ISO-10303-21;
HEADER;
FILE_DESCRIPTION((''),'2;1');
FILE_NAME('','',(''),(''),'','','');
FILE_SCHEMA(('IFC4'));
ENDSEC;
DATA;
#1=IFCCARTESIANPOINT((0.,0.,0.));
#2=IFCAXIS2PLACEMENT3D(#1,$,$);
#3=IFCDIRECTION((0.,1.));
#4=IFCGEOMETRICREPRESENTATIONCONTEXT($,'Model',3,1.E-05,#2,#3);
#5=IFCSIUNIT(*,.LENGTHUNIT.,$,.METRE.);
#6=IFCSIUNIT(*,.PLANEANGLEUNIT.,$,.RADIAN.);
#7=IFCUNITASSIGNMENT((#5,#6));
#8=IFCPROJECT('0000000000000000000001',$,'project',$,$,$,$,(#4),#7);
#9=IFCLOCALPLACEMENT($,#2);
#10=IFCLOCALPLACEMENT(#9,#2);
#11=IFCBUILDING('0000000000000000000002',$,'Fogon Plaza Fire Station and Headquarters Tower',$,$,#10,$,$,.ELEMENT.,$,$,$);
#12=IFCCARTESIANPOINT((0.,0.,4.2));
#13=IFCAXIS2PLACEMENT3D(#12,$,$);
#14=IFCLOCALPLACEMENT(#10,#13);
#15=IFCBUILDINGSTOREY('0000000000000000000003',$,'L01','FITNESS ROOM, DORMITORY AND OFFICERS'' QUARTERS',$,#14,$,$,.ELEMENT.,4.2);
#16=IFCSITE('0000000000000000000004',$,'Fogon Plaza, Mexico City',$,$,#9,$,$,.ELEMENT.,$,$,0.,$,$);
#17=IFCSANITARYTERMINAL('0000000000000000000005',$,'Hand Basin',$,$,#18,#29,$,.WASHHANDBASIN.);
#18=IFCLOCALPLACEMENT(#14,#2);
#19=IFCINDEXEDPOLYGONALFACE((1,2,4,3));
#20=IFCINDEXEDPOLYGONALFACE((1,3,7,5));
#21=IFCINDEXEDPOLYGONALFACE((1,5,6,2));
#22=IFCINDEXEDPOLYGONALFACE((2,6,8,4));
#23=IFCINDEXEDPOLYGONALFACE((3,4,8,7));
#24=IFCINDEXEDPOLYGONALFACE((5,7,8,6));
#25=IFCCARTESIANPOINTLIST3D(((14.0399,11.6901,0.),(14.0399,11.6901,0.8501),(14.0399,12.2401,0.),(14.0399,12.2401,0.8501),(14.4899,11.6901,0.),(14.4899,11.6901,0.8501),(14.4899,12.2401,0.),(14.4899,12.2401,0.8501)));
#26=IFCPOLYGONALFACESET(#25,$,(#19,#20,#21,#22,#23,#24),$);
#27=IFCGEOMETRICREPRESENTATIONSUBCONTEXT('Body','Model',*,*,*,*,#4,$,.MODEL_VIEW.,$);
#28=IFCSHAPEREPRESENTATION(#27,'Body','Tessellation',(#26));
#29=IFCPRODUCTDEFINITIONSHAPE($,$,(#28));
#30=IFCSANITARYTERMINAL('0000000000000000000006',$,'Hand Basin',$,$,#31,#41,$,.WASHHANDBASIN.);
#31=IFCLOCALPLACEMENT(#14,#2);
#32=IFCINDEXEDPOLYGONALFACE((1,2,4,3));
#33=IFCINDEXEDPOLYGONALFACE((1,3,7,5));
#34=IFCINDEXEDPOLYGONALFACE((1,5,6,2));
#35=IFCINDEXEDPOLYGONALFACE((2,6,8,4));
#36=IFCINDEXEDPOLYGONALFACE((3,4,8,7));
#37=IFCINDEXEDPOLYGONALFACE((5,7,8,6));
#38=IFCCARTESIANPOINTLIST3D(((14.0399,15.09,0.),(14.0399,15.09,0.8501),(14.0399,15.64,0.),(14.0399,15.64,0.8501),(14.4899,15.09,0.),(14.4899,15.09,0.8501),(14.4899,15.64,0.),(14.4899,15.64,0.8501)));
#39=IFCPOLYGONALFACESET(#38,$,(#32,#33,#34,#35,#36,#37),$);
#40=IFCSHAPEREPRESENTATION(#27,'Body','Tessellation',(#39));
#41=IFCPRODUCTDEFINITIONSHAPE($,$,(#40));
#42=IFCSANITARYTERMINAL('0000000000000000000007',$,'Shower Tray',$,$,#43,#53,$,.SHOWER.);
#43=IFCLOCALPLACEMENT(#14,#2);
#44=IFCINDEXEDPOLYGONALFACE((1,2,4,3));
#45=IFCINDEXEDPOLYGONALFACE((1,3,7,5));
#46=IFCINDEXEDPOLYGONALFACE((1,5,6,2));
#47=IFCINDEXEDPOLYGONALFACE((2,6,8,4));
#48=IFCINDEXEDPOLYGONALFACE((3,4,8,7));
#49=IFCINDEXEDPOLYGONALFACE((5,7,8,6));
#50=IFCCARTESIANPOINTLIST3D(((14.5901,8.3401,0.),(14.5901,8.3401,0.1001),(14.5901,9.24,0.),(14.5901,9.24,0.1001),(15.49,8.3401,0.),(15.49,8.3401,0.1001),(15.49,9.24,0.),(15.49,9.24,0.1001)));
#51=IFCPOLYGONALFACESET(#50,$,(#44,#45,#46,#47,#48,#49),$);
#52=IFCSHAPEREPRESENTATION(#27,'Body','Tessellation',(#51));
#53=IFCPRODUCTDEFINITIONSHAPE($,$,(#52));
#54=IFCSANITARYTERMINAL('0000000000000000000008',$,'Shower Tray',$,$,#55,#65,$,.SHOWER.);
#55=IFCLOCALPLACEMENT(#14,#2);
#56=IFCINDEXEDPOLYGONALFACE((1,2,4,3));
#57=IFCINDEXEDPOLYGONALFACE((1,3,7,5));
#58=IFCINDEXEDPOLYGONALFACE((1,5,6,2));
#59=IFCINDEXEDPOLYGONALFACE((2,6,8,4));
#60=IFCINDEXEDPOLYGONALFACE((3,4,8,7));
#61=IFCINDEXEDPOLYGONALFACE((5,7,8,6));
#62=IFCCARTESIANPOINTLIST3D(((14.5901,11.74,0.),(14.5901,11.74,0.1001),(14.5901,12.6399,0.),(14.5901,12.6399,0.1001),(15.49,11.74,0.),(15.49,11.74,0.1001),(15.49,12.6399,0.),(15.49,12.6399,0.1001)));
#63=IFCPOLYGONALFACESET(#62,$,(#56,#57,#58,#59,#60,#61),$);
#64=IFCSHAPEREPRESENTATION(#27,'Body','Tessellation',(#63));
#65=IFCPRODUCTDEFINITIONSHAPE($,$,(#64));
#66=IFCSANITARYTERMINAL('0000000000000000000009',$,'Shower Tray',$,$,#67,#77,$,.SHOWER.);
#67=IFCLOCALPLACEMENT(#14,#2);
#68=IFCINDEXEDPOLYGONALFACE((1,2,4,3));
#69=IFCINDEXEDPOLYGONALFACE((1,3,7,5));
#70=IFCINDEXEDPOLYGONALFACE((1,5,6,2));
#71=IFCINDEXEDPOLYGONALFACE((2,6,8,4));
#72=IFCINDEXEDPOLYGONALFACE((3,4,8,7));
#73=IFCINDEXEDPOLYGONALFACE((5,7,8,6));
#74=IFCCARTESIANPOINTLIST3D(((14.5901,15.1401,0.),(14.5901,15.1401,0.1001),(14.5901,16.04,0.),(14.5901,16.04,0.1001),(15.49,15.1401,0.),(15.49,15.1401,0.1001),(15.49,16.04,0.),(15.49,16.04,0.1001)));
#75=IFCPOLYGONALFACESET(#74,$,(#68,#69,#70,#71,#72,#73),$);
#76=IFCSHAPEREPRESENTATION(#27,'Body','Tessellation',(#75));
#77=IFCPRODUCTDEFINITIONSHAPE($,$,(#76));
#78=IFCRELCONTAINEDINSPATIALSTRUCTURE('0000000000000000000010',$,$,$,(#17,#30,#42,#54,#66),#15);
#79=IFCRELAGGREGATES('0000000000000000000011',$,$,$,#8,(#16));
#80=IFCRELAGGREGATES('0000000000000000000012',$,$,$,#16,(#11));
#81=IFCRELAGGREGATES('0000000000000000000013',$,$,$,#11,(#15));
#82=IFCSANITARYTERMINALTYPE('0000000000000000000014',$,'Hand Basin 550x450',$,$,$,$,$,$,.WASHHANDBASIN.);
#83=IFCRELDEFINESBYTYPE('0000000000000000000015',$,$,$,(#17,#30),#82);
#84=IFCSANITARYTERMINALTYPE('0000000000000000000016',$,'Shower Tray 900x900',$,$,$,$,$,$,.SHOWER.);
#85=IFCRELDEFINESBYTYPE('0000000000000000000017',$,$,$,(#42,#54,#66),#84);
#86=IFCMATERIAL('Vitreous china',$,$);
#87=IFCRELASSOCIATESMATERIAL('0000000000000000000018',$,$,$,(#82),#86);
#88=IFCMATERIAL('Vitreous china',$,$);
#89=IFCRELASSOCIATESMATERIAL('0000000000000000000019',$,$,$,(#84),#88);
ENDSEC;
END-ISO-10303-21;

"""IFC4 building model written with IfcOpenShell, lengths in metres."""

from ifc_helpers import new_model, si_unit, direction, frame, origin, origin_2d, place, context, subcontext, project, spatial, rectangle, extrude, material, type_object, element, save


model = new_model("IFC4")

# Units and contexts
model_context = context("Model", 3, precision=1e-05, world=origin(), true_north=direction((0.0, 1.0)))
body_context = subcontext(model_context, "Body", "Model", "MODEL_VIEW")
ifc_project = project(units=[si_unit("LENGTHUNIT", "METRE"), si_unit("PLANEANGLEUNIT", "RADIAN")], contexts=[model_context])

# Site, building, storey
site_placement = place(None, origin())
site = spatial("IfcSite", under=ifc_project, at=site_placement, Name="Fogon Plaza, Mexico City", CompositionType="ELEMENT", RefElevation=0.0)
building_placement = place(site_placement, origin())
building = spatial("IfcBuilding", under=site, at=building_placement, Name="Fogon Plaza Fire Station and Headquarters Tower", CompositionType="ELEMENT")
storey_placement = place(building_placement, frame((0.0, 0.0, 4.2)))
storey = spatial("IfcBuildingStorey", under=building, at=storey_placement, Name="L01", Description="FITNESS ROOM, DORMITORY AND OFFICERS' QUARTERS", CompositionType="ELEMENT", Elevation=4.2)

# Sanitary terminals
ifc_material_1 = material(Name="Vitreous china")
sanitary_terminal_type_1 = type_object("IfcSanitaryTerminalType", Name="Hand Basin 550x450", PredefinedType="WASHHANDBASIN", material=ifc_material_1)
for number, where, z_axis, x_axis, name in (
    (1, (14.2649, 11.9651, 0.0), (0.0, 0.0, 1.0), (1.0, 0.0, 0.0), "Hand Basin"),
    (2, (14.2649, 15.365, 0.0), (0.0, 0.0, 1.0), (1.0, 0.0, 0.0), "Hand Basin"),
):
    element("IfcSanitaryTerminal", number, at=place(storey_placement, frame(where, z_axis=z_axis, x_axis=x_axis)), inside=storey, type_object=sanitary_terminal_type_1, Name=name, PredefinedType="WASHHANDBASIN", context=body_context, shape_type="SweptSolid", body=[
        extrude(rectangle(XDim=0.45, YDim=0.55, at=origin_2d()), origin(), (0.0, 0.0, 1.0), 0.8501),
    ])
ifc_material_2 = material(Name="Vitreous china")
sanitary_terminal_type_2 = type_object("IfcSanitaryTerminalType", Name="Shower Tray 900x900", PredefinedType="SHOWER", material=ifc_material_2)
for number, where, z_axis, x_axis, name in (
    (3, (15.04, 8.79, 0.0), (0.0, 0.0, 1.0), (1.0, 0.0, 0.0), "Shower Tray"),
    (4, (15.04, 12.1899, 0.0), (0.0, 0.0, 1.0), (1.0, 0.0, 0.0), "Shower Tray"),
    (5, (15.04, 15.5901, 0.0), (0.0, 0.0, 1.0), (1.0, 0.0, 0.0), "Shower Tray"),
):
    element("IfcSanitaryTerminal", number, at=place(storey_placement, frame(where, z_axis=z_axis, x_axis=x_axis)), inside=storey, type_object=sanitary_terminal_type_2, Name=name, PredefinedType="SHOWER", context=body_context, shape_type="SweptSolid", body=[
        extrude(rectangle(XDim=0.8999, YDim=0.8999, at=origin_2d()), origin(), (0.0, 0.0, 1.0), 0.1001),
    ])

save(model, "model.ifc")
